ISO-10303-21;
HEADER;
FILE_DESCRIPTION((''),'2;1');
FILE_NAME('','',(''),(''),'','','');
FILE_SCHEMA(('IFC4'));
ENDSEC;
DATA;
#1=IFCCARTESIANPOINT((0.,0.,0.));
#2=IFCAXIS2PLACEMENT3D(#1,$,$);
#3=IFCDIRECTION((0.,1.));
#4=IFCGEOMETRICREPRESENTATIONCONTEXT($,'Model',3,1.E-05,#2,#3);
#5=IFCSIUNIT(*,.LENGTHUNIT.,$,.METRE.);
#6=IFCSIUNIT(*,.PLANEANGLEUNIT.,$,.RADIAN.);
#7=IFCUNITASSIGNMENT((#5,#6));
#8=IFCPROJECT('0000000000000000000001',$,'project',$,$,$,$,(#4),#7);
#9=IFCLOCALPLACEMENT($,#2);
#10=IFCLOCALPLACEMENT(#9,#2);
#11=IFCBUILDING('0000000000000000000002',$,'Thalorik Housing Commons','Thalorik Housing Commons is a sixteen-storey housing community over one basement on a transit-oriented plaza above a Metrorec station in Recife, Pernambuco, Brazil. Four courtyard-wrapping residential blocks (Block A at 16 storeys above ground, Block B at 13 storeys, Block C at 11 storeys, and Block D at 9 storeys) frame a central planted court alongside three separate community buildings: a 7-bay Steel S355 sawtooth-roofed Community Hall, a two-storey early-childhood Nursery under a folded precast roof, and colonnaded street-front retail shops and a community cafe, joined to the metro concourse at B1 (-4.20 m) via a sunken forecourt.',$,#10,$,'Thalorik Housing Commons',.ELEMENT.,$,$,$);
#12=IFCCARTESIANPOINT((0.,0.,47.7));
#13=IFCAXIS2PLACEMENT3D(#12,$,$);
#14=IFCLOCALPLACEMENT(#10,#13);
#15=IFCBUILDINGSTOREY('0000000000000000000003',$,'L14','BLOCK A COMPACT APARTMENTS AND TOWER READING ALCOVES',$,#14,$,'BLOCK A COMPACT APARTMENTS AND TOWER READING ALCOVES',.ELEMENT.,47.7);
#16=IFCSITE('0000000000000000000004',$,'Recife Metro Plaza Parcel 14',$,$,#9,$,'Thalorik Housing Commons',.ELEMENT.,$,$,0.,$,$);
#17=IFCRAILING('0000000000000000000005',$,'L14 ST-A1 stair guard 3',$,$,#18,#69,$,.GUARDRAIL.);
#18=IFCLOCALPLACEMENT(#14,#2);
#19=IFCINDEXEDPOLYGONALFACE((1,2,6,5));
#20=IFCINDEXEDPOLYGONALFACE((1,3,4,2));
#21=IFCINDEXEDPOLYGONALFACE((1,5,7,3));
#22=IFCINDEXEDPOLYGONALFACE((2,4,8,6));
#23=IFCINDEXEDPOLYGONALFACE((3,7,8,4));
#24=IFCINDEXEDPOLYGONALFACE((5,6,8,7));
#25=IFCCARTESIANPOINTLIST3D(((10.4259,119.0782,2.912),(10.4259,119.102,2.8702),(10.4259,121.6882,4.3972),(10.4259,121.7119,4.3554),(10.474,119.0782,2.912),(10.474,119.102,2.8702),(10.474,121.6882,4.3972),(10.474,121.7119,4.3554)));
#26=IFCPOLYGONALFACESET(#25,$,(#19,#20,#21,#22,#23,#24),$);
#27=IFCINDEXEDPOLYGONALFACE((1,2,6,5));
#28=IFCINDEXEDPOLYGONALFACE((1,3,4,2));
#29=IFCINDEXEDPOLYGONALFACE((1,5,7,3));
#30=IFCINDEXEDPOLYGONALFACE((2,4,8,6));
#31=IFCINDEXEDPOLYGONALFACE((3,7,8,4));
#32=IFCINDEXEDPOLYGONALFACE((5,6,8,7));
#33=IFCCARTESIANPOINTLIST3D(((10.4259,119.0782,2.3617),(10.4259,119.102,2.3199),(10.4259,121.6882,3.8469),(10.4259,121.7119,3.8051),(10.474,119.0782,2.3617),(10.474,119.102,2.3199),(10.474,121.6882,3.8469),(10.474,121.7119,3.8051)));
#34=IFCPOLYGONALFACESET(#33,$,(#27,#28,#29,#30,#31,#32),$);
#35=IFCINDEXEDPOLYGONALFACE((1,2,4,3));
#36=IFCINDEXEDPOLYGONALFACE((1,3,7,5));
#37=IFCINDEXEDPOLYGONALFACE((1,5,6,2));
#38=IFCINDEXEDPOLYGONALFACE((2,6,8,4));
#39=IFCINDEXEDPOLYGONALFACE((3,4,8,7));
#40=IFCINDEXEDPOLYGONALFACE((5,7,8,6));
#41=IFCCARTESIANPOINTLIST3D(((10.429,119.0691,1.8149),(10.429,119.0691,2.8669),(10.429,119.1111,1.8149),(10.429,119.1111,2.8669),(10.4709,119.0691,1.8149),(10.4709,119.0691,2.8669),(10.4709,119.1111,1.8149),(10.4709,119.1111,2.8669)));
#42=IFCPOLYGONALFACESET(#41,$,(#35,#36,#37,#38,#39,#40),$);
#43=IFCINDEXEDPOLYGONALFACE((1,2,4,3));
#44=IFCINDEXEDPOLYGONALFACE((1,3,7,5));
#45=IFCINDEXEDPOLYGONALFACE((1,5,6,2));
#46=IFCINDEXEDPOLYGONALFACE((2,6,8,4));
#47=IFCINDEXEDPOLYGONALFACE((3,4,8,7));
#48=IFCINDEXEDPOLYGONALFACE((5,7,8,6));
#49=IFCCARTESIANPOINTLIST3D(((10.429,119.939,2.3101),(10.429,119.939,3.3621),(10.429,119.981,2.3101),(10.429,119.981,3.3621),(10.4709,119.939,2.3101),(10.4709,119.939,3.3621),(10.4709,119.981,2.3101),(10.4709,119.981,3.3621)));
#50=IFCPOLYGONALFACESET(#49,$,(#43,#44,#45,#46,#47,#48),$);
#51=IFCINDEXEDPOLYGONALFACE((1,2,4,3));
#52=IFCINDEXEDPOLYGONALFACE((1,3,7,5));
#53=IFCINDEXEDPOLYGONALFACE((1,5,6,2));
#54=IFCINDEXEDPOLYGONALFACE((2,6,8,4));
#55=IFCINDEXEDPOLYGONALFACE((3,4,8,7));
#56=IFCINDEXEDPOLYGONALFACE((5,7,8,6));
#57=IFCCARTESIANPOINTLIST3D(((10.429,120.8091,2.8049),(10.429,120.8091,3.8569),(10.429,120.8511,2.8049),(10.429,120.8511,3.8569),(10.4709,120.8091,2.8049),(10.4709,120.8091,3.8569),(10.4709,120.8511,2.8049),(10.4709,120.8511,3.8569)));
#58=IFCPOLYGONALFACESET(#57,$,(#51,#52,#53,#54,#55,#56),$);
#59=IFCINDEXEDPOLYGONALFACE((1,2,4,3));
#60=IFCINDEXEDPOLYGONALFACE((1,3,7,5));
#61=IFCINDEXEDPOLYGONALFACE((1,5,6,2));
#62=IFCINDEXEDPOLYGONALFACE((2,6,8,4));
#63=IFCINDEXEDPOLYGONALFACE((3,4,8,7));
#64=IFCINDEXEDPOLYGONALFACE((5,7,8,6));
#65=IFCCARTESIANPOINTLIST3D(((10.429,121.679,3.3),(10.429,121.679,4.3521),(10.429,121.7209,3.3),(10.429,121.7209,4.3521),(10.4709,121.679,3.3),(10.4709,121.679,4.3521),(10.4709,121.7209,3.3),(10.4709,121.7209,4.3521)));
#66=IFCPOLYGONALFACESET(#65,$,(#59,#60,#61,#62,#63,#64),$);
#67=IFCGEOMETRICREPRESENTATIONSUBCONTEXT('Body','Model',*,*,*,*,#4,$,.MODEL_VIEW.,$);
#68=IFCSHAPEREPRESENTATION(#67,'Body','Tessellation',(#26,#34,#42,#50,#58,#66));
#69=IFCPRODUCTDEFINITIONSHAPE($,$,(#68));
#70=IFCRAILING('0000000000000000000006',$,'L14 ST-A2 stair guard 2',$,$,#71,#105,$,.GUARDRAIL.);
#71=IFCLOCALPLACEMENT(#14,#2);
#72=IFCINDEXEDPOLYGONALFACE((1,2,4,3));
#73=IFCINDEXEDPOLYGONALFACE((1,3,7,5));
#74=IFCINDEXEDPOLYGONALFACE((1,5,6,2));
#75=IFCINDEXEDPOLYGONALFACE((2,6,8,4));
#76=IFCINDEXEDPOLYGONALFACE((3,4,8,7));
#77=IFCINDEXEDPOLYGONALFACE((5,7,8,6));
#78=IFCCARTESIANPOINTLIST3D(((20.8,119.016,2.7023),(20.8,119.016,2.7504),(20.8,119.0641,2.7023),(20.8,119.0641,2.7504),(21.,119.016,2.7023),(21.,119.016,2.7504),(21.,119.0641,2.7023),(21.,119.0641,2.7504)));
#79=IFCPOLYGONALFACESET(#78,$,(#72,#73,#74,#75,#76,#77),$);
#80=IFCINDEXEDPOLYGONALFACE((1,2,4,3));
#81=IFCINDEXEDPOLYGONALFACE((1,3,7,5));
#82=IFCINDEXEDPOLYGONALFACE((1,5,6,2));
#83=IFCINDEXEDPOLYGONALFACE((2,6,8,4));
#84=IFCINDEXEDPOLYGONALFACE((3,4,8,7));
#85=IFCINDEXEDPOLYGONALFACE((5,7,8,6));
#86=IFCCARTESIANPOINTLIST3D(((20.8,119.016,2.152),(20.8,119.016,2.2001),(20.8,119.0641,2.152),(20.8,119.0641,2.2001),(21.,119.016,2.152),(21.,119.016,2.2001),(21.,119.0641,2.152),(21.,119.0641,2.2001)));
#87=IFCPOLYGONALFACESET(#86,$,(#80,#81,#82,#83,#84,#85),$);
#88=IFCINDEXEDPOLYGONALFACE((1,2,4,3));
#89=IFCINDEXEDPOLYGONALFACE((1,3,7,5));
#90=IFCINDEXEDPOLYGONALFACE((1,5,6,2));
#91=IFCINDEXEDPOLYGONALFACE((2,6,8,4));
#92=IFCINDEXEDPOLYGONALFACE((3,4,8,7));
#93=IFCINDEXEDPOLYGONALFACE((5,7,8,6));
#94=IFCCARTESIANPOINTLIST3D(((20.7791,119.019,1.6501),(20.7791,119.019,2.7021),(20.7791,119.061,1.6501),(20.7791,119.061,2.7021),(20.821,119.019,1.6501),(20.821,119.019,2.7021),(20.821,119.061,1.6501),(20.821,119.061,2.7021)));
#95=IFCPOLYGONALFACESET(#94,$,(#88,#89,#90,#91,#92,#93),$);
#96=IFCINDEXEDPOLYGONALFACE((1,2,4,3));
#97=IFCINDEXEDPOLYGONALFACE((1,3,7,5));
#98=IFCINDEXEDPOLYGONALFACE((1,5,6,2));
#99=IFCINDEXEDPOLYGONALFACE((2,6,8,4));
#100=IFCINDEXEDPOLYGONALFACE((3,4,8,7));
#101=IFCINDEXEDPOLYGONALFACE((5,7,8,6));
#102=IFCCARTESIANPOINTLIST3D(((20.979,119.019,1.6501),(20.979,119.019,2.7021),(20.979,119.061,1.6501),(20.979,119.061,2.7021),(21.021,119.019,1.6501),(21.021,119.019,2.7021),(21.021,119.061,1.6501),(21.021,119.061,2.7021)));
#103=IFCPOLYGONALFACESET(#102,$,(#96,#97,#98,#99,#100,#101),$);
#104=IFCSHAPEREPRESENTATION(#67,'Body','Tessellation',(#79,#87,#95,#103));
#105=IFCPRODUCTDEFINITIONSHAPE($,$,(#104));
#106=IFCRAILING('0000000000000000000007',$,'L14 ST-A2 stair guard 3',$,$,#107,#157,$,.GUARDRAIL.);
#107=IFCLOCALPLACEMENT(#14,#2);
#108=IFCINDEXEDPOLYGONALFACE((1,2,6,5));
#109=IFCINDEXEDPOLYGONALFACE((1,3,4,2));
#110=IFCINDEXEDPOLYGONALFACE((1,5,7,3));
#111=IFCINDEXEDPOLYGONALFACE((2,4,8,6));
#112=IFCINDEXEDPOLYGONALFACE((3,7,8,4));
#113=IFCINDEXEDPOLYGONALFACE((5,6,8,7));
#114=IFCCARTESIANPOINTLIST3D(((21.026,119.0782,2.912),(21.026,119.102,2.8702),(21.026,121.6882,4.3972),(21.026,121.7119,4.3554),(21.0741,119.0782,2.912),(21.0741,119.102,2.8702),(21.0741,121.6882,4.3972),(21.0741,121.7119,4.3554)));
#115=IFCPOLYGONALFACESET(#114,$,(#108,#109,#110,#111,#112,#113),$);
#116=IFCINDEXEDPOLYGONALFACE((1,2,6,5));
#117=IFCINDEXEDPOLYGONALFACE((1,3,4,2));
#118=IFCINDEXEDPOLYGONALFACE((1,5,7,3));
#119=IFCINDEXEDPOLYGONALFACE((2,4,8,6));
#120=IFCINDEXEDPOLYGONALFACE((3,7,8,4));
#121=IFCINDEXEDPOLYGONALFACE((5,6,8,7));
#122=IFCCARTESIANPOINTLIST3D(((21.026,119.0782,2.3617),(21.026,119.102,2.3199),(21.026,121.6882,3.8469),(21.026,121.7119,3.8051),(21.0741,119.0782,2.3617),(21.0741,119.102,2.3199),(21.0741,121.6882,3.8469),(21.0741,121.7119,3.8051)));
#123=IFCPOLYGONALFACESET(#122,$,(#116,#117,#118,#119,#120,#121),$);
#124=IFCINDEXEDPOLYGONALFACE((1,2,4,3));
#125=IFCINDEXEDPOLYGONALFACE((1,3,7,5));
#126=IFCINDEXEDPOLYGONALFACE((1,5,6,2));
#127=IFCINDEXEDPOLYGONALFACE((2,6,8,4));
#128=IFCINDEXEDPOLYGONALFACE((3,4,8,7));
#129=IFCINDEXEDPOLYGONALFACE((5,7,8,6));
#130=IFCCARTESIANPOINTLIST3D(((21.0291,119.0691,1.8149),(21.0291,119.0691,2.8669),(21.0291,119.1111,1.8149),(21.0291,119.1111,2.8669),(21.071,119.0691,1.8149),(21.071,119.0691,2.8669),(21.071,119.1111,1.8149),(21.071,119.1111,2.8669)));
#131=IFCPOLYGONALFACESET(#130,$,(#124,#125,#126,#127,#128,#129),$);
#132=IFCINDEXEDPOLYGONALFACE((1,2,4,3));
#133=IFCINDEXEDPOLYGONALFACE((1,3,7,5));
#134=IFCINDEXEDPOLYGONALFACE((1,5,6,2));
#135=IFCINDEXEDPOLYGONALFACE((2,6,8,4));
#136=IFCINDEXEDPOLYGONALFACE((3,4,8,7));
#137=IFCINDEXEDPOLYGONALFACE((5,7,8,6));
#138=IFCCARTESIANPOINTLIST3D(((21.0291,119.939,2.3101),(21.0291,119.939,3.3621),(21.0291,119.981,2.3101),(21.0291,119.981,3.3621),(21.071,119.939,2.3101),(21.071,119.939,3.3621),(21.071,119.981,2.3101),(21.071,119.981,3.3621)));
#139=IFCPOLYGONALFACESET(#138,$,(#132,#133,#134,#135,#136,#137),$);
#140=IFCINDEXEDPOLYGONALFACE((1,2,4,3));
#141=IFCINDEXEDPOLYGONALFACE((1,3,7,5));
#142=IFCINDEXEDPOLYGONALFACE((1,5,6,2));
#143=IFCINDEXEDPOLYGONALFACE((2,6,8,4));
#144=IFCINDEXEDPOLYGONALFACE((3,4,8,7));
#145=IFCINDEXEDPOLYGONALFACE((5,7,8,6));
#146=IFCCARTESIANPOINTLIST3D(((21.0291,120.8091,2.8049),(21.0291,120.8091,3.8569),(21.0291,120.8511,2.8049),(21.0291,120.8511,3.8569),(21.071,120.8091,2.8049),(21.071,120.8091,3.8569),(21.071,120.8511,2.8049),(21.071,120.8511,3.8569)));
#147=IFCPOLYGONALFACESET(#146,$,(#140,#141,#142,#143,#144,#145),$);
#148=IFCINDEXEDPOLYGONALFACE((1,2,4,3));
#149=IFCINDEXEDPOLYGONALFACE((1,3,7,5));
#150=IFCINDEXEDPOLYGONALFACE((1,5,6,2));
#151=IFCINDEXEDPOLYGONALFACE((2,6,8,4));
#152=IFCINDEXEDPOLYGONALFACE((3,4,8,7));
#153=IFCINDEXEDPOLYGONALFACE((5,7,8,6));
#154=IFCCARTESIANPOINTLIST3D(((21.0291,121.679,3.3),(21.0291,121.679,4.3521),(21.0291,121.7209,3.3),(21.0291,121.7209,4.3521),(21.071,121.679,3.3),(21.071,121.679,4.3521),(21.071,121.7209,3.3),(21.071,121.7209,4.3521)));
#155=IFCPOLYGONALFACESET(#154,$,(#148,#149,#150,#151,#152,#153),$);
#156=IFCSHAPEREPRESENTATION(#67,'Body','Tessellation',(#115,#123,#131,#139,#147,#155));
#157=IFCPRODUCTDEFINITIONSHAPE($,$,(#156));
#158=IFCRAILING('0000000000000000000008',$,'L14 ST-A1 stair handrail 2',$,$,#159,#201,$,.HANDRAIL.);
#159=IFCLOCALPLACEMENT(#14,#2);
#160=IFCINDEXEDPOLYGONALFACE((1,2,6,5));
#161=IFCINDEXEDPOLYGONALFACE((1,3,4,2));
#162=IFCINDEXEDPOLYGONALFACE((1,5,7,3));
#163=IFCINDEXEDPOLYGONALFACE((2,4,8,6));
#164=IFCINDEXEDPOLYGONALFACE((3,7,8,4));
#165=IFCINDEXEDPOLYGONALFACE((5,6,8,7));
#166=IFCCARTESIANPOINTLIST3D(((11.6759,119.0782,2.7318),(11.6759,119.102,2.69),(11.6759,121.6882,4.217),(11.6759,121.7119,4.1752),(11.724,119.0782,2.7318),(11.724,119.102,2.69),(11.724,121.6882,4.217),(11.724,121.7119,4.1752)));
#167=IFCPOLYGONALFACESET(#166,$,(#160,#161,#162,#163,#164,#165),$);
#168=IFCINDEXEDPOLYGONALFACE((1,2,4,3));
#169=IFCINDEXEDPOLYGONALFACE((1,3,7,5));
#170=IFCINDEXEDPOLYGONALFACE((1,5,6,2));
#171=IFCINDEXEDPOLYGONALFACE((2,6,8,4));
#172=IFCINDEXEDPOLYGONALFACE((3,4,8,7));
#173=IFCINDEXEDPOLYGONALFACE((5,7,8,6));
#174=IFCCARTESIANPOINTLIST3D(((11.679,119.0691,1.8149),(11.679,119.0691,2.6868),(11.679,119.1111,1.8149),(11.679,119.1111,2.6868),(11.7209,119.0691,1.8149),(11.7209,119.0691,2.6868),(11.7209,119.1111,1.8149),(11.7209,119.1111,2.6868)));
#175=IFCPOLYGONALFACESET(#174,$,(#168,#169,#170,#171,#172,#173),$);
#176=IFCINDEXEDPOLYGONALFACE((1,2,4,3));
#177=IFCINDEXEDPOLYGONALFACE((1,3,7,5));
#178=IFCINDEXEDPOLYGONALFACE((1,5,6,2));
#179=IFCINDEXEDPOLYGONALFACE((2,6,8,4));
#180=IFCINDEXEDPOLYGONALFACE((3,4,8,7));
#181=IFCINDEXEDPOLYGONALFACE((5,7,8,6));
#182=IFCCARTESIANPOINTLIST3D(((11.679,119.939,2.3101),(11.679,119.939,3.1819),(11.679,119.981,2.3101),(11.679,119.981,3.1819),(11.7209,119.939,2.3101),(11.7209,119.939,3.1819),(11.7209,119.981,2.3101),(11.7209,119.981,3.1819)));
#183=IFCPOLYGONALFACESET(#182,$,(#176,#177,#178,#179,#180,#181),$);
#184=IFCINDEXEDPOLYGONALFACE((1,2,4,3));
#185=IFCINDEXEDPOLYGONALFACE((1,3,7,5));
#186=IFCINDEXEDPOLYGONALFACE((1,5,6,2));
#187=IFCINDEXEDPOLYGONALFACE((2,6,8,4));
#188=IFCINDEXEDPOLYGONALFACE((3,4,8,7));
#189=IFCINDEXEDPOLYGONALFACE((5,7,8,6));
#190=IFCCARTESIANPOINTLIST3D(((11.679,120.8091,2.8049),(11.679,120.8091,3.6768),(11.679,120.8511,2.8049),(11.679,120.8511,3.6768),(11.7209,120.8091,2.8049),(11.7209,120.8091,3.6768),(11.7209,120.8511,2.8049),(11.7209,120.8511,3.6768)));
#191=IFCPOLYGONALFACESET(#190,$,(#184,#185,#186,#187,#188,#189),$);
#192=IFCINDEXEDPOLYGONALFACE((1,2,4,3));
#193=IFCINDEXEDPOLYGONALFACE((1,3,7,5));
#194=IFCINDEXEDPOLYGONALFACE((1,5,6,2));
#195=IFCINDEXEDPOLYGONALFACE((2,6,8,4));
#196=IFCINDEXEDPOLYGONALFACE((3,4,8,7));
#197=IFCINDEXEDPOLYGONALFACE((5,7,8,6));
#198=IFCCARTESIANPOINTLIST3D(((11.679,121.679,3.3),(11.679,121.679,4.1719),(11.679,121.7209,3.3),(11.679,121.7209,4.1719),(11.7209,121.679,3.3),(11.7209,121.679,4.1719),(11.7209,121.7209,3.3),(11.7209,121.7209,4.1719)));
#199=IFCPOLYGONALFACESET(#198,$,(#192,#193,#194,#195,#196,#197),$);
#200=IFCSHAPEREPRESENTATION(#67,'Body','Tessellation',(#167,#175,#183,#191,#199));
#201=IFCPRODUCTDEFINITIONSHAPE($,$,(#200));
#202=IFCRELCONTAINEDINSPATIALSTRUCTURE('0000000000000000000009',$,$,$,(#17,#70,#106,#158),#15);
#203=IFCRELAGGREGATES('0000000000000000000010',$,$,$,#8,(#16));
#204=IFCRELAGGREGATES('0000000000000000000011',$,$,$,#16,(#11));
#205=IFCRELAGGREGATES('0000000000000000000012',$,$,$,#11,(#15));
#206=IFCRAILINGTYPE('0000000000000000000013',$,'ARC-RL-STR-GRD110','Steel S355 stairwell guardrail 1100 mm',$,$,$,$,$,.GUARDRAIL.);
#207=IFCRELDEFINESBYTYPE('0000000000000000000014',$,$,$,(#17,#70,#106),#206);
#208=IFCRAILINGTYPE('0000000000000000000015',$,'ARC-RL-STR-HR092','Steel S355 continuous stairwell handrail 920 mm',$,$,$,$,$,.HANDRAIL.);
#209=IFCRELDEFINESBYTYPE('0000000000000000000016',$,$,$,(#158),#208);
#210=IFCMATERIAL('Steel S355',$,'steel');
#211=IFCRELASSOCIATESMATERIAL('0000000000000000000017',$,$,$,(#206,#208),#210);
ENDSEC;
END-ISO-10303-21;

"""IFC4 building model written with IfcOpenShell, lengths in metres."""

from ifc_helpers import new_model, si_unit, direction, frame, origin, origin_2d, place, context, subcontext, project, spatial, rectangle, extrude, material, type_object, element, save


model = new_model("IFC4")

# Units and contexts
model_context = context("Model", 3, precision=1e-05, world=origin(), true_north=direction((0.0, 1.0)))
body_context = subcontext(model_context, "Body", "Model", "MODEL_VIEW")
ifc_project = project(units=[si_unit("LENGTHUNIT", "METRE"), si_unit("PLANEANGLEUNIT", "RADIAN")], contexts=[model_context])

# Site, building, storey
site_placement = place(None, origin())
site = spatial("IfcSite", under=ifc_project, at=site_placement, Name="Recife Metro Plaza Parcel 14", LongName="Thalorik Housing Commons", CompositionType="ELEMENT", RefElevation=0.0)
building_placement = place(site_placement, origin())
building = spatial("IfcBuilding", under=site, at=building_placement, Name="Thalorik Housing Commons", Description="Thalorik Housing Commons is a sixteen-storey housing community over one basement on a transit-oriented plaza above a Metrorec station in Recife, Pernambuco, Brazil. Four courtyard-wrapping residential blocks (Block A at 16 storeys above ground, Block B at 13 storeys, Block C at 11 storeys, and Block D at 9 storeys) frame a central planted court alongside three separate community buildings: a 7-bay Steel S355 sawtooth-roofed Community Hall, a two-storey early-childhood Nursery under a folded precast roof, and colonnaded street-front retail shops and a community cafe, joined to the metro concourse at B1 (-4.20 m) via a sunken forecourt.", LongName="Thalorik Housing Commons", CompositionType="ELEMENT")
storey_placement = place(building_placement, frame((0.0, 0.0, 47.7)))
storey = spatial("IfcBuildingStorey", under=building, at=storey_placement, Name="L14", Description="BLOCK A COMPACT APARTMENTS AND TOWER READING ALCOVES", LongName="BLOCK A COMPACT APARTMENTS AND TOWER READING ALCOVES", CompositionType="ELEMENT", Elevation=47.7)

# Shared definitions
ifc_material_1 = material(Name="Steel S355", Category="steel")

# Railings
railing_type_1 = type_object("IfcRailingType", Name="ARC-RL-STR-GRD110", Description="Steel S355 stairwell guardrail 1100 mm", PredefinedType="GUARDRAIL", material=ifc_material_1)
railing_1_placement = place(storey_placement, frame((10.45, 119.0901, 1.8149)))
element("IfcRailing", 1, at=railing_1_placement, inside=storey, type_object=railing_type_1, Name="L14 ST-A1 stair guard 3", PredefinedType="GUARDRAIL", context=body_context, shape_type="SweptSolid", body=[
    extrude(rectangle(XDim=0.0481, YDim=0.0481, at=origin_2d()), frame((0.0, 0.0, 1.0762), z_axis=(0.0, 0.869137, 0.494571), x_axis=(-1.0, 0.0, 0.0)), (0.0, 0.0, 1.0), 3.0029),
    extrude(rectangle(XDim=0.0481, YDim=0.0481, at=origin_2d()), frame((0.0, 0.0, 0.5259), z_axis=(0.0, 0.869137, 0.494571), x_axis=(-1.0, 0.0, 0.0)), (0.0, 0.0, 1.0), 3.0029),
    extrude(rectangle(XDim=0.042, YDim=0.042, at=origin_2d()), origin(), (0.0, 0.0, 1.0), 1.052),
    extrude(rectangle(XDim=0.042, YDim=0.042, at=origin_2d()), frame((0.0, 0.8699, 0.4951)), (0.0, 0.0, 1.0), 1.052),
    extrude(rectangle(XDim=0.042, YDim=0.042, at=origin_2d()), frame((0.0, 1.74, 0.99)), (0.0, 0.0, 1.0), 1.052),
    extrude(rectangle(XDim=0.042, YDim=0.042, at=origin_2d()), frame((0.0, 2.6099, 1.4851)), (0.0, 0.0, 1.0), 1.052),
])
railing_2_placement = place(storey_placement, frame((20.8, 119.04, 1.6501)))
element("IfcRailing", 2, at=railing_2_placement, inside=storey, type_object=railing_type_1, Name="L14 ST-A2 stair guard 2", PredefinedType="GUARDRAIL", context=body_context, shape_type="SweptSolid", body=[
    extrude(rectangle(XDim=0.0481, YDim=0.0481, at=origin_2d()), frame((0.0, 0.0, 1.0762), z_axis=(1.0, 0.0, 0.0), x_axis=(0.0, 1.0, 0.0)), (0.0, 0.0, 1.0), 0.2),
    extrude(rectangle(XDim=0.0481, YDim=0.0481, at=origin_2d()), frame((0.0, 0.0, 0.5259), z_axis=(1.0, 0.0, 0.0), x_axis=(0.0, 1.0, 0.0)), (0.0, 0.0, 1.0), 0.2),
    extrude(rectangle(XDim=0.042, YDim=0.042, at=origin_2d()), origin(), (0.0, 0.0, 1.0), 1.052),
    extrude(rectangle(XDim=0.042, YDim=0.042, at=origin_2d()), frame((0.2, 0.0, 0.0)), (0.0, 0.0, 1.0), 1.052),
])
railing_3_placement = place(storey_placement, frame((21.05, 119.0901, 1.8149)))
element("IfcRailing", 3, at=railing_3_placement, inside=storey, type_object=railing_type_1, Name="L14 ST-A2 stair guard 3", PredefinedType="GUARDRAIL", context=body_context, shape_type="SweptSolid", body=[
    extrude(rectangle(XDim=0.0481, YDim=0.0481, at=origin_2d()), frame((0.0, 0.0, 1.0762), z_axis=(0.0, 0.869137, 0.494571), x_axis=(-1.0, 0.0, 0.0)), (0.0, 0.0, 1.0), 3.0029),
    extrude(rectangle(XDim=0.0481, YDim=0.0481, at=origin_2d()), frame((0.0, 0.0, 0.5259), z_axis=(0.0, 0.869137, 0.494571), x_axis=(-1.0, 0.0, 0.0)), (0.0, 0.0, 1.0), 3.0029),
    extrude(rectangle(XDim=0.042, YDim=0.042, at=origin_2d()), origin(), (0.0, 0.0, 1.0), 1.052),
    extrude(rectangle(XDim=0.042, YDim=0.042, at=origin_2d()), frame((0.0, 0.8699, 0.4951)), (0.0, 0.0, 1.0), 1.052),
    extrude(rectangle(XDim=0.042, YDim=0.042, at=origin_2d()), frame((0.0, 1.74, 0.99)), (0.0, 0.0, 1.0), 1.052),
    extrude(rectangle(XDim=0.042, YDim=0.042, at=origin_2d()), frame((0.0, 2.6099, 1.4851)), (0.0, 0.0, 1.0), 1.052),
])
railing_type_2 = type_object("IfcRailingType", Name="ARC-RL-STR-HR092", Description="Steel S355 continuous stairwell handrail 920 mm", PredefinedType="HANDRAIL", material=ifc_material_1)
railing_4_placement = place(storey_placement, frame((11.7, 119.0901, 1.8149)))
element("IfcRailing", 4, at=railing_4_placement, inside=storey, type_object=railing_type_2, Name="L14 ST-A1 stair handrail 2", PredefinedType="HANDRAIL", context=body_context, shape_type="SweptSolid", body=[
    extrude(rectangle(XDim=0.0481, YDim=0.0481, at=origin_2d()), frame((0.0, 0.0, 0.896), z_axis=(0.0, 0.869137, 0.494571), x_axis=(-1.0, 0.0, 0.0)), (0.0, 0.0, 1.0), 3.0029),
    extrude(rectangle(XDim=0.042, YDim=0.042, at=origin_2d()), origin(), (0.0, 0.0, 1.0), 0.8718),
    extrude(rectangle(XDim=0.042, YDim=0.042, at=origin_2d()), frame((0.0, 0.8699, 0.4951)), (0.0, 0.0, 1.0), 0.8718),
    extrude(rectangle(XDim=0.042, YDim=0.042, at=origin_2d()), frame((0.0, 1.74, 0.99)), (0.0, 0.0, 1.0), 0.8718),
    extrude(rectangle(XDim=0.042, YDim=0.042, at=origin_2d()), frame((0.0, 2.6099, 1.4851)), (0.0, 0.0, 1.0), 0.8718),
])

save(model, "model.ifc")
